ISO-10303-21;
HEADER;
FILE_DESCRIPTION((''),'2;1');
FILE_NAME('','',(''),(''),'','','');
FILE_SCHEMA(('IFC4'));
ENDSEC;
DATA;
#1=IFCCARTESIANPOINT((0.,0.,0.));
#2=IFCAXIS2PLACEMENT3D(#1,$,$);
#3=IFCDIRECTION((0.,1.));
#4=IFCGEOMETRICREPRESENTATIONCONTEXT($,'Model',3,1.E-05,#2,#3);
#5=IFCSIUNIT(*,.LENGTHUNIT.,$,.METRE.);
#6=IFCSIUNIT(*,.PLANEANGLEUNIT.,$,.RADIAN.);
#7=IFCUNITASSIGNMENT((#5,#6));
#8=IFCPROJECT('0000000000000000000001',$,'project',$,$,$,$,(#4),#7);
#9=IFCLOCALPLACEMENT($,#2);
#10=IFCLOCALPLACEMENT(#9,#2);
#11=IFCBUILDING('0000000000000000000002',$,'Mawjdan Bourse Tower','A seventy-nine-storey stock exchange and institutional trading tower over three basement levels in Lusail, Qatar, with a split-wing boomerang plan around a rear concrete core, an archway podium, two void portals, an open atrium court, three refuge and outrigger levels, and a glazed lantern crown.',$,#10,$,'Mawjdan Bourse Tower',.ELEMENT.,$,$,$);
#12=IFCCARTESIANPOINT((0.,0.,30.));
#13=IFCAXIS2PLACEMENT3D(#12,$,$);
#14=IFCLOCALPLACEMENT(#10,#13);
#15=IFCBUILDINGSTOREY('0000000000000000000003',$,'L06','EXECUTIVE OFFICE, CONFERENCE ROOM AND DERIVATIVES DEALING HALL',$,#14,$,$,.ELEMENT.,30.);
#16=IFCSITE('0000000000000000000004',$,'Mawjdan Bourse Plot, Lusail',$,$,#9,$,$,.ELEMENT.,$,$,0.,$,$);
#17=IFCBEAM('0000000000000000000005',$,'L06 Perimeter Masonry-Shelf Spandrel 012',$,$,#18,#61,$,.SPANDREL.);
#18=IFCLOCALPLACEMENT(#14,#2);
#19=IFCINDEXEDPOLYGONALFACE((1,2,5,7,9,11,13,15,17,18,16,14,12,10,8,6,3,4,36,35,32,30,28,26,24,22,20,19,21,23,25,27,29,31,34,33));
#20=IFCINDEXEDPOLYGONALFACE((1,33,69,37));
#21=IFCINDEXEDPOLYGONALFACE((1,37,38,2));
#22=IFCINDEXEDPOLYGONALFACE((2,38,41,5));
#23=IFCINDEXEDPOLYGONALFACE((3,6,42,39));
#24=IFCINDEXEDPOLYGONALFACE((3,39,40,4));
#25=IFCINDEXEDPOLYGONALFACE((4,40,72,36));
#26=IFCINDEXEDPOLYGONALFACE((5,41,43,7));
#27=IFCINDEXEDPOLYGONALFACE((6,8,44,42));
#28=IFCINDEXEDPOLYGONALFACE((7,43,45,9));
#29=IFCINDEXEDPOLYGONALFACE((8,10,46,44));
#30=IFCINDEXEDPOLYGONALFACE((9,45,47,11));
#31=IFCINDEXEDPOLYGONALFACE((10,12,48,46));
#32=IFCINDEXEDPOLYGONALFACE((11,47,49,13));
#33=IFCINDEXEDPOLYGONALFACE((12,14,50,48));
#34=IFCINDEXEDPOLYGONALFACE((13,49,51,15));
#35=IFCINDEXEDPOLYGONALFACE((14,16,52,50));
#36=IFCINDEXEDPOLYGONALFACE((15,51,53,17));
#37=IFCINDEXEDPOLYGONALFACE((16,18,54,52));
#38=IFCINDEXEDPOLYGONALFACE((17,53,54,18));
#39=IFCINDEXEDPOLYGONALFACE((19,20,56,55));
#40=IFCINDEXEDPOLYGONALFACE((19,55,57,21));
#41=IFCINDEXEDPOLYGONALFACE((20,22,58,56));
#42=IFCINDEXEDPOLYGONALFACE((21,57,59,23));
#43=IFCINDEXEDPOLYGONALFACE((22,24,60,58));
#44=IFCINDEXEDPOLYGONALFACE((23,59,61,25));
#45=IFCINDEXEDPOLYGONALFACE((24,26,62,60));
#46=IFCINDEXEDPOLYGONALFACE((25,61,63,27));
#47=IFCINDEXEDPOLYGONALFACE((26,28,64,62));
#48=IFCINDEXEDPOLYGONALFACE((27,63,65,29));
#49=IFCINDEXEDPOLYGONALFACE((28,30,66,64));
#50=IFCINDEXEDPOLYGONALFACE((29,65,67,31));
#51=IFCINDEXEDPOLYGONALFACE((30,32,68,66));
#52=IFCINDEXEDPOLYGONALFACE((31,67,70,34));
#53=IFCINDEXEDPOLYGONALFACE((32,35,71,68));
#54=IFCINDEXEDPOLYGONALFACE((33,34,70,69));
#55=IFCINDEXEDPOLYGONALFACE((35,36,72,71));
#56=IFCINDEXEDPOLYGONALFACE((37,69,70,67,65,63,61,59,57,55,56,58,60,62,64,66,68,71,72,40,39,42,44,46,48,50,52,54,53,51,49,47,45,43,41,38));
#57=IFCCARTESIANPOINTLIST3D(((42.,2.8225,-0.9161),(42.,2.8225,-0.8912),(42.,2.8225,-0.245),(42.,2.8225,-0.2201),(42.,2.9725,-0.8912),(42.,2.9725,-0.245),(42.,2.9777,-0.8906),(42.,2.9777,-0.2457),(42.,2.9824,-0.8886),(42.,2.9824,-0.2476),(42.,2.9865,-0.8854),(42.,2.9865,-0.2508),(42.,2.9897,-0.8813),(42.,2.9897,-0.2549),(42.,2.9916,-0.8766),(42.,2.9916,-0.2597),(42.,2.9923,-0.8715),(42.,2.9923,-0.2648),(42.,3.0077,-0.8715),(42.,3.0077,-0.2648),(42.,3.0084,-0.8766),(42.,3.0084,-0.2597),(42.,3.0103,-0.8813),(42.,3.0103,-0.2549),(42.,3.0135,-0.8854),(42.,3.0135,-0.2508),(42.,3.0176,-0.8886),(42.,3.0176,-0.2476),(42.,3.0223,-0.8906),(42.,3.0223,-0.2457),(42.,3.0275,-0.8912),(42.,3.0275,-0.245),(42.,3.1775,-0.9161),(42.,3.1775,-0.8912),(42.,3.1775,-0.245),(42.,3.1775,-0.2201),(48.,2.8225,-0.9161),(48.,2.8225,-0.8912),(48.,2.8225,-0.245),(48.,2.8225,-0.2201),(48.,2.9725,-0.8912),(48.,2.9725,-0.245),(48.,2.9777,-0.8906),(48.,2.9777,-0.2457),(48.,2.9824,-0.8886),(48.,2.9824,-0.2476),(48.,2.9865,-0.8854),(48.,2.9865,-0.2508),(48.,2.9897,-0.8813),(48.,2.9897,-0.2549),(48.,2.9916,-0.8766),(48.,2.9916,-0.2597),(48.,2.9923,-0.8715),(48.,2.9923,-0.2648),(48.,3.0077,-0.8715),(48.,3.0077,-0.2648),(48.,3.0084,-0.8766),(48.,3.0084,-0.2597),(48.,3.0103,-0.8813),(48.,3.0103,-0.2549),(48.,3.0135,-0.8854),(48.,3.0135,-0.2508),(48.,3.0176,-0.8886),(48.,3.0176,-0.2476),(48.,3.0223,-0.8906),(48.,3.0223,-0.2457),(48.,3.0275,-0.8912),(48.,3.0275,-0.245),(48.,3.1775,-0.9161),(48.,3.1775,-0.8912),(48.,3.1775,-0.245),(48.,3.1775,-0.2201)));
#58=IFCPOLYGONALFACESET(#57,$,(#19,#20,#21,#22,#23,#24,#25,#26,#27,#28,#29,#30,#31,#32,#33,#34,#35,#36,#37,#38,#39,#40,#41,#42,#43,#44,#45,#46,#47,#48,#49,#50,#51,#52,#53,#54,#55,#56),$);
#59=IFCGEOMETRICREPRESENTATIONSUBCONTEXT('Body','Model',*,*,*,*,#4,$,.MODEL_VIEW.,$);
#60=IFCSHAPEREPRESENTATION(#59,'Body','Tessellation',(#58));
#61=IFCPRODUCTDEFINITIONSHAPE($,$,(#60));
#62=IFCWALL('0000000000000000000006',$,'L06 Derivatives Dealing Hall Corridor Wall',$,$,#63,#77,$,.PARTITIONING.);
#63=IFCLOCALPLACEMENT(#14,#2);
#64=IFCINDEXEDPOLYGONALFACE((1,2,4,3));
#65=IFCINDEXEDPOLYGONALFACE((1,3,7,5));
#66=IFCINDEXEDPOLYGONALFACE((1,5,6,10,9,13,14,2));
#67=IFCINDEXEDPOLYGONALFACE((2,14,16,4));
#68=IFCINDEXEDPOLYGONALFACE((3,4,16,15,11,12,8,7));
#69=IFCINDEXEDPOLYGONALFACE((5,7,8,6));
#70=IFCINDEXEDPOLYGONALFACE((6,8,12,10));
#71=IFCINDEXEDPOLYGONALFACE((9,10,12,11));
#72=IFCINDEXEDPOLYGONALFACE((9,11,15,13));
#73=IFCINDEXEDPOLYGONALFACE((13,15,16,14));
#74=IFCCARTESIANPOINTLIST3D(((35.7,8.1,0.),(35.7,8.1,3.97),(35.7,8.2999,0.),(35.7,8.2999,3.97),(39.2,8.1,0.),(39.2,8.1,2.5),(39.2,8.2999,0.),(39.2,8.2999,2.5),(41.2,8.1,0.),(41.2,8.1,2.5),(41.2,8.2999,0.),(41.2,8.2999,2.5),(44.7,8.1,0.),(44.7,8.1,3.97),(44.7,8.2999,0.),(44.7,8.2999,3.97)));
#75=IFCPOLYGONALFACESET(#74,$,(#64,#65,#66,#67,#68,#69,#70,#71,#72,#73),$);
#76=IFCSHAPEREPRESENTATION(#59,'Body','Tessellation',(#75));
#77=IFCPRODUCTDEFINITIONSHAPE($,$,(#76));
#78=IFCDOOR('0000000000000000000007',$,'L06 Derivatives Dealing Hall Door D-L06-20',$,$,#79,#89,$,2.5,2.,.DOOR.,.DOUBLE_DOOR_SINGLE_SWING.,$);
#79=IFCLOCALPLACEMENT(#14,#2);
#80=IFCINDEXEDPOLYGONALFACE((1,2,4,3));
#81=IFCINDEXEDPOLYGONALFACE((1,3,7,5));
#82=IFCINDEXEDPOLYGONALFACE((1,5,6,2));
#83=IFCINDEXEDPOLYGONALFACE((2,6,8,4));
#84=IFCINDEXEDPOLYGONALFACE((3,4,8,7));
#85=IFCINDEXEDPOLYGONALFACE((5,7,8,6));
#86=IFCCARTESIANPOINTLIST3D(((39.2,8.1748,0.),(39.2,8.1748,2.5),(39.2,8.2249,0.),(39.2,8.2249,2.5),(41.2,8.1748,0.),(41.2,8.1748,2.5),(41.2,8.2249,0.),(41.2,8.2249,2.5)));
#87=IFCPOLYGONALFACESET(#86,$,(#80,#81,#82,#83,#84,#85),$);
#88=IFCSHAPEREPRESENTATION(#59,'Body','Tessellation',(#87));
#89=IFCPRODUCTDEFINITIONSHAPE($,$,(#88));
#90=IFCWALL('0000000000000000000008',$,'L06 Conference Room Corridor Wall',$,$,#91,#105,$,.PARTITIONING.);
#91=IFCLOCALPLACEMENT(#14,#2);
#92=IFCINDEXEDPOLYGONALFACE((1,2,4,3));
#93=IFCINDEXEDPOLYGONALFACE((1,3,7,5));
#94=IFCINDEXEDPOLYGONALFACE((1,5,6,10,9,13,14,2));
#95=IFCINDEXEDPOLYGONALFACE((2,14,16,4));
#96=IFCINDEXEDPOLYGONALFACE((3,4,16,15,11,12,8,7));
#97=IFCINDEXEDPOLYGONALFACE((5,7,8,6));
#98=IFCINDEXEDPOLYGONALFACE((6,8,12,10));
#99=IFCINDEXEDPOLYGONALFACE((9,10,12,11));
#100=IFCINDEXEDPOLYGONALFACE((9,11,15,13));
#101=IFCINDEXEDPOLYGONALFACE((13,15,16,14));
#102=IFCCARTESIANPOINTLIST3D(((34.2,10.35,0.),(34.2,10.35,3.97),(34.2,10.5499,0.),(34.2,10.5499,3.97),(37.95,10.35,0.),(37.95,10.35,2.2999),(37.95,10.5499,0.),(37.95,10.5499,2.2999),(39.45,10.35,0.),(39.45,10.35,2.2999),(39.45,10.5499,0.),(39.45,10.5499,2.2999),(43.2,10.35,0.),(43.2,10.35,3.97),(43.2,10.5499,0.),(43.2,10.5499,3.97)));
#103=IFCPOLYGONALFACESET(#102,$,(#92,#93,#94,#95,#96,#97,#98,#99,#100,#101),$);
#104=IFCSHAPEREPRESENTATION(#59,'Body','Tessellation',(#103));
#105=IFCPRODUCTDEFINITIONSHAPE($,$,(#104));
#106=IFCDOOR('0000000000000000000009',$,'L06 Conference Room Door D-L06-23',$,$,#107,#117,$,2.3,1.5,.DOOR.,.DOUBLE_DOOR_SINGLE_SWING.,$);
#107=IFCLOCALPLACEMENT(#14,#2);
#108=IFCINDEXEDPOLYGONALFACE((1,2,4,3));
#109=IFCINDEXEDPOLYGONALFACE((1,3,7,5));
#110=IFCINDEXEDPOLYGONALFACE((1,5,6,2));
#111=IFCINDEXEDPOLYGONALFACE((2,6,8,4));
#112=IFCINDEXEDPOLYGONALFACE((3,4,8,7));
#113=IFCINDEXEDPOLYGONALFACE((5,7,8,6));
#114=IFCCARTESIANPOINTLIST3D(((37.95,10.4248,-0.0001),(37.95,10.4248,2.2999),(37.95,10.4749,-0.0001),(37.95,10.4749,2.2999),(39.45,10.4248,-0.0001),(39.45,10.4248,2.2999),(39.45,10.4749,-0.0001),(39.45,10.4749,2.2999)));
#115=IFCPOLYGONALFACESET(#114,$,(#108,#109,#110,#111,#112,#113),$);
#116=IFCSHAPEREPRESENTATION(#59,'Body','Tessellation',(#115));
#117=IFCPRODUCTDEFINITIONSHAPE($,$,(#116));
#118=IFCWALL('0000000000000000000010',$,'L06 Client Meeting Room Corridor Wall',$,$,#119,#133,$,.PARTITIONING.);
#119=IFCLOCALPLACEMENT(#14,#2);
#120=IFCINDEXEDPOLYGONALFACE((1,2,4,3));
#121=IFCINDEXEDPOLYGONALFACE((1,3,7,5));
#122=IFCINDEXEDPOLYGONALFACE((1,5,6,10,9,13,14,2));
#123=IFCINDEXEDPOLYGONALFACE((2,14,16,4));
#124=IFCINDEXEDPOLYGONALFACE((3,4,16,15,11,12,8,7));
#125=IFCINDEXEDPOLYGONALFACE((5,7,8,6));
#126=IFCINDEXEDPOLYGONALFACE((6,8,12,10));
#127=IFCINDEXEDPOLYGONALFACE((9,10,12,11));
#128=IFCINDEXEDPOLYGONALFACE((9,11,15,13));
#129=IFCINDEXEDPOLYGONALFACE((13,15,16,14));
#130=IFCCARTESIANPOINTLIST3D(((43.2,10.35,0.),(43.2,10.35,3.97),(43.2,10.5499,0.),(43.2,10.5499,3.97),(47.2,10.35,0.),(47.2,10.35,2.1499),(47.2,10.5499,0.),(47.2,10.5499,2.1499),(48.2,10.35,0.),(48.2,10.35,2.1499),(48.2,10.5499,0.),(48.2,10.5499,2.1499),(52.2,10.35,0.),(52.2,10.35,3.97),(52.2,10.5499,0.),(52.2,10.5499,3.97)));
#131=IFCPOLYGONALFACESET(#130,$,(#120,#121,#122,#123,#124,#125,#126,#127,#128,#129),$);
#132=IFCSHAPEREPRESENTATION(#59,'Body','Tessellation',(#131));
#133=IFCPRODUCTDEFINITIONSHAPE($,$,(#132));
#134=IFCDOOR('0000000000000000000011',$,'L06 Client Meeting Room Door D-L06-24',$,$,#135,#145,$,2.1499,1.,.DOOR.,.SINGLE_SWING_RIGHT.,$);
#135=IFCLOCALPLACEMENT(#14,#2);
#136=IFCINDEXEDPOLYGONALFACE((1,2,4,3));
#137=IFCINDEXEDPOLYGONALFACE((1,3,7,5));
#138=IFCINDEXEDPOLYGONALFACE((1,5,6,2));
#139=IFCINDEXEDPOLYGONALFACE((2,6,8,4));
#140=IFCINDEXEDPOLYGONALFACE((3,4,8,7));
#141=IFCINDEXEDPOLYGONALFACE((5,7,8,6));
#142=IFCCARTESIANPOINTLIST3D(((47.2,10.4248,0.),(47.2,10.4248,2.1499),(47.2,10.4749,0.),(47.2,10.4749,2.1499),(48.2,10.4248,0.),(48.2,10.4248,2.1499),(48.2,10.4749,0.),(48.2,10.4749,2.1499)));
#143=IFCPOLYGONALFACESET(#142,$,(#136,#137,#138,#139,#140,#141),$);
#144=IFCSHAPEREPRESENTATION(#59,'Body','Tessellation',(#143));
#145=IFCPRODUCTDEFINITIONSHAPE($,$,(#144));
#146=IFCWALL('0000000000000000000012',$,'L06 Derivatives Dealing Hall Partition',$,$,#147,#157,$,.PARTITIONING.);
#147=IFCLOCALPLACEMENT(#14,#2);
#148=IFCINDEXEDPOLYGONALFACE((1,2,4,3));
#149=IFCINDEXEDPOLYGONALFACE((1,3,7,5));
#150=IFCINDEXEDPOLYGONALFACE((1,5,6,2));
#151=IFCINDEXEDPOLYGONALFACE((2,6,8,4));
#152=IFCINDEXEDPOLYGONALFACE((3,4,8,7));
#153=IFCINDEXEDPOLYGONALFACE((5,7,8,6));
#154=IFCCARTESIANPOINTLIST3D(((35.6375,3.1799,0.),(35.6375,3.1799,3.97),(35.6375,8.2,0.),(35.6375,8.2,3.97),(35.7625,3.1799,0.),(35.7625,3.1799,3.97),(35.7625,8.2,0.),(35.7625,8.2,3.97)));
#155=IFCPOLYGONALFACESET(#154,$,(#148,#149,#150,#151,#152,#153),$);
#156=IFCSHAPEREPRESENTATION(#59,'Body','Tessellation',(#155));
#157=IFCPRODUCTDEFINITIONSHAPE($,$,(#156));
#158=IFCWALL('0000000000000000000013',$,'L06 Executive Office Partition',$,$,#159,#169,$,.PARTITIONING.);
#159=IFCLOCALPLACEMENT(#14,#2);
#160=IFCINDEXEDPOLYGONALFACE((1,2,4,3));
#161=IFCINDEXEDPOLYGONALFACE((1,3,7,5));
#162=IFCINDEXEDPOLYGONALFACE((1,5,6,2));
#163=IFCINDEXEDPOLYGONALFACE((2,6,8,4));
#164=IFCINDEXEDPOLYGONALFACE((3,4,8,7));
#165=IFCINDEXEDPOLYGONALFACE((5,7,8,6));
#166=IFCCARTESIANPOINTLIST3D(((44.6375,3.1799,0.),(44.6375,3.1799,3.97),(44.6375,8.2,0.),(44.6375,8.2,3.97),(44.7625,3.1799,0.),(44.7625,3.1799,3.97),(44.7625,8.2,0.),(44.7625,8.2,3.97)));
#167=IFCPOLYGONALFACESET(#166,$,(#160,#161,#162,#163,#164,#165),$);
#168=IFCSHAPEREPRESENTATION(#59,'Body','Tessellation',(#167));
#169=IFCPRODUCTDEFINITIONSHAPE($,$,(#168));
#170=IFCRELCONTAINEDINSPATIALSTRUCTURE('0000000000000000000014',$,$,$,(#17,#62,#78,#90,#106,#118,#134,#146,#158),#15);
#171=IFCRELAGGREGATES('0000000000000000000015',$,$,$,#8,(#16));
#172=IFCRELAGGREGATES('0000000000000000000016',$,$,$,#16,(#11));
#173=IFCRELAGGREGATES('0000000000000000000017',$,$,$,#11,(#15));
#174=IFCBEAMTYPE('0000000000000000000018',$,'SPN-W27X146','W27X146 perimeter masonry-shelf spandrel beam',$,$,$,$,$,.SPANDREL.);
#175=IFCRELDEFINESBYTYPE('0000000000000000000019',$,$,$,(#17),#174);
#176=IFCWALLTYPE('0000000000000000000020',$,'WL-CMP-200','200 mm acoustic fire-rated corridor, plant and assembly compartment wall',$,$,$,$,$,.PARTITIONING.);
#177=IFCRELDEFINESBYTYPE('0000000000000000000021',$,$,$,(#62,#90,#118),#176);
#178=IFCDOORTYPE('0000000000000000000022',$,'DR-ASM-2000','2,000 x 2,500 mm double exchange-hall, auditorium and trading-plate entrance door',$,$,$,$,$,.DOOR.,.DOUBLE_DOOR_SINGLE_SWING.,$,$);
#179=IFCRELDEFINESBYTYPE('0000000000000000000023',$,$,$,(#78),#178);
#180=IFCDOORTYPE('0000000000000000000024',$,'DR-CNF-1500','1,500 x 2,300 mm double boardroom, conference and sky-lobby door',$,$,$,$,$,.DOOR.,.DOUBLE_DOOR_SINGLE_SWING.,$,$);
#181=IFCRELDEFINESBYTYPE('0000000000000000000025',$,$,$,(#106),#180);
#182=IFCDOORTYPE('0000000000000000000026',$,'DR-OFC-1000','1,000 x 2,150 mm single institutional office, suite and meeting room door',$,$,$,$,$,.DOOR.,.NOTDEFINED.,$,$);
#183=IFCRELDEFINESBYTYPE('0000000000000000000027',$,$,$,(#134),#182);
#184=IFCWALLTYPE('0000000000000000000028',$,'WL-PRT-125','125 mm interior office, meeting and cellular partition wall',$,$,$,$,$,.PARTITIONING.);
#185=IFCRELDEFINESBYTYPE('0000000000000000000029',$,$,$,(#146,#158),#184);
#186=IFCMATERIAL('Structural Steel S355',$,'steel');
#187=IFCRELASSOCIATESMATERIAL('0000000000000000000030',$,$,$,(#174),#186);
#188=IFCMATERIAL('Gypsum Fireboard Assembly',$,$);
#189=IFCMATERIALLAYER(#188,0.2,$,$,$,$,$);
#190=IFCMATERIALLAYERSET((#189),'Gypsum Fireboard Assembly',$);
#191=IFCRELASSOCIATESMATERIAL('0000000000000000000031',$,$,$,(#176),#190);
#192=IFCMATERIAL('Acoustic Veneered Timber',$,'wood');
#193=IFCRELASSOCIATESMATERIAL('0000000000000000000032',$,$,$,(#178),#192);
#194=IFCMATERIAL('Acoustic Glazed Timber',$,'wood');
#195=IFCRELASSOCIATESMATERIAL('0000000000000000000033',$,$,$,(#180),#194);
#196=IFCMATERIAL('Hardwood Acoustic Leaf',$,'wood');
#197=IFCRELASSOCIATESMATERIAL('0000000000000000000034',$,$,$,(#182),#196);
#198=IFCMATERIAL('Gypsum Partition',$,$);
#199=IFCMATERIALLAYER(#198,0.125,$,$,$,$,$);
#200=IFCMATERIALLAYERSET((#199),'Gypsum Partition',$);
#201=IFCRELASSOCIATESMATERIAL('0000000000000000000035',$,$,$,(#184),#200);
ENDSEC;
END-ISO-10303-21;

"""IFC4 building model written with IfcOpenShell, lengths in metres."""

from ifc_helpers import new_model, si_unit, direction, frame, frame_2d, origin, origin_2d, place, context, subcontext, project, spatial, rectangle, i_section, extrude, material, layer, layer_set, material_profile, profile_set, type_object, element, fill, save


model = new_model("IFC4")

# Units and contexts
model_context = context("Model", 3, precision=1e-05, world=origin(), true_north=direction((0.0, 1.0)))
body_context = subcontext(model_context, "Body", "Model", "MODEL_VIEW")
ifc_project = project(units=[si_unit("LENGTHUNIT", "METRE"), si_unit("PLANEANGLEUNIT", "RADIAN")], contexts=[model_context])

# Site, building, storey
site_placement = place(None, origin())
site = spatial("IfcSite", under=ifc_project, at=site_placement, Name="Mawjdan Bourse Plot, Lusail", CompositionType="ELEMENT", RefElevation=0.0)
building_placement = place(site_placement, origin())
building = spatial("IfcBuilding", under=site, at=building_placement, Name="Mawjdan Bourse Tower", Description="A seventy-nine-storey stock exchange and institutional trading tower over three basement levels in Lusail, Qatar, with a split-wing boomerang plan around a rear concrete core, an archway podium, two void portals, an open atrium court, three refuge and outrigger levels, and a glazed lantern crown.", LongName="Mawjdan Bourse Tower", CompositionType="ELEMENT")
storey_placement = place(building_placement, frame((0.0, 0.0, 30.0)))
storey = spatial("IfcBuildingStorey", under=building, at=storey_placement, Name="L06", Description="EXECUTIVE OFFICE, CONFERENCE ROOM AND DERIVATIVES DEALING HALL", CompositionType="ELEMENT", Elevation=30.0)

# Beam
ifc_material_1 = material(Name="Structural Steel S355", Category="steel")
ifc_material_profile_1 = material_profile(ifc_material_1, i_section(OverallWidth=0.355, OverallDepth=0.696, WebThickness=0.0154, FlangeThickness=0.0249, FilletRadius=0.0198, at=origin_2d()), Name="W27X146")
ifc_profile_set_1 = profile_set([ifc_material_profile_1], Name="Structural Steel S355")
beam_type_1 = type_object("IfcBeamType", Name="SPN-W27X146", Description="W27X146 perimeter masonry-shelf spandrel beam", PredefinedType="SPANDREL", material=ifc_profile_set_1)
beam_1_placement = place(storey_placement, frame((42.0, 3.0, -0.5681), z_axis=(1.0, 0.0, 0.0), x_axis=(0.0, 1.0, 0.0)))
element("IfcBeam", 1, at=beam_1_placement, inside=storey, type_object=beam_type_1, Name="L06 Perimeter Masonry-Shelf Spandrel 012", PredefinedType="SPANDREL", context=body_context, shape_type="SweptSolid", body=[
    extrude(i_section(OverallWidth=0.355, OverallDepth=0.696, WebThickness=0.0154, FlangeThickness=0.0249, FilletRadius=0.0198, at=origin_2d()), origin(), (0.0, 0.0, 1.0), 6.0),
])

# Walls, openings, doors
ifc_material_2 = material(Name="Gypsum Fireboard Assembly")
ifc_layer_1 = layer(ifc_material_2, 0.2)
ifc_layer_set_1 = layer_set([ifc_layer_1], Name="Gypsum Fireboard Assembly")
wall_type_1 = type_object("IfcWallType", Name="WL-CMP-200", Description="200 mm acoustic fire-rated corridor, plant and assembly compartment wall", PredefinedType="PARTITIONING", material=ifc_layer_set_1)
wall_1_placement = place(storey_placement, frame((35.7, 8.2, 0.0), z_axis=(0.0, 0.0, 1.0), x_axis=(1.0, 0.0, 0.0)))
wall_1 = element("IfcWall", 2, at=wall_1_placement, inside=storey, type_object=wall_type_1, Name="L06 Derivatives Dealing Hall Corridor Wall", PredefinedType="PARTITIONING", context=body_context, shape_type="SweptSolid", body=[
    extrude(rectangle(XDim=9.0, YDim=0.2, at=frame_2d((4.5, 0.0))), origin(), (0.0, 0.0, 1.0), 3.97),
])
opening_1_placement = place(wall_1_placement, frame((3.5, 0.0, 0.0)))
opening_1 = element("IfcOpeningElement", 3, at=opening_1_placement, cuts=wall_1, PredefinedType="OPENING", context=body_context, shape_type="SweptSolid", body=[
    extrude(rectangle(XDim=2.0, YDim=2.5, at=frame_2d((1.0, 1.25))), frame((0.0, 0.1099, 0.0), z_axis=(0.0, -1.0, 0.0), x_axis=(1.0, 0.0, 0.0)), (0.0, 0.0, 1.0), 0.22),
])
ifc_material_3 = material(Name="Acoustic Veneered Timber", Category="wood")
door_type_1 = type_object("IfcDoorType", Name="DR-ASM-2000", Description="2,000 x 2,500 mm double exchange-hall, auditorium and trading-plate entrance door", OperationType="DOUBLE_DOOR_SINGLE_SWING", PredefinedType="DOOR", material=ifc_material_3)
door_1_placement = place(opening_1_placement, origin())
door_1 = element("IfcDoor", 4, at=door_1_placement, inside=storey, type_object=door_type_1, Name="L06 Derivatives Dealing Hall Door D-L06-20", OperationType="DOUBLE_DOOR_SINGLE_SWING", OverallHeight=2.5, OverallWidth=2.0, PredefinedType="DOOR", context=body_context, shape_type="SweptSolid", body=[
    extrude(rectangle(XDim=2.0, YDim=2.5, at=frame_2d((1.0, 1.25))), frame((0.0, 0.0249, 0.0), z_axis=(0.0, -1.0, 0.0), x_axis=(1.0, 0.0, 0.0)), (0.0, 0.0, 1.0), 0.05),
])
fill(opening_1, door_1)
wall_2_placement = place(storey_placement, frame((34.2, 10.45, 0.0), z_axis=(0.0, 0.0, 1.0), x_axis=(1.0, 0.0, 0.0)))
wall_2 = element("IfcWall", 5, at=wall_2_placement, inside=storey, type_object=wall_type_1, Name="L06 Conference Room Corridor Wall", PredefinedType="PARTITIONING", context=body_context, shape_type="SweptSolid", body=[
    extrude(rectangle(XDim=9.0, YDim=0.2, at=frame_2d((4.5, 0.0))), origin(), (0.0, 0.0, 1.0), 3.97),
])
opening_2_placement = place(wall_2_placement, frame((3.75, 0.0, 0.0)))
opening_2 = element("IfcOpeningElement", 6, at=opening_2_placement, cuts=wall_2, PredefinedType="OPENING", context=body_context, shape_type="SweptSolid", body=[
    extrude(rectangle(XDim=1.5, YDim=2.3, at=frame_2d((0.75, 1.1499))), frame((0.0, 0.1099, 0.0), z_axis=(0.0, -1.0, 0.0), x_axis=(1.0, 0.0, 0.0)), (0.0, 0.0, 1.0), 0.22),
])
ifc_material_4 = material(Name="Acoustic Glazed Timber", Category="wood")
door_type_2 = type_object("IfcDoorType", Name="DR-CNF-1500", Description="1,500 x 2,300 mm double boardroom, conference and sky-lobby door", OperationType="DOUBLE_DOOR_SINGLE_SWING", PredefinedType="DOOR", material=ifc_material_4)
door_2_placement = place(opening_2_placement, origin())
door_2 = element("IfcDoor", 7, at=door_2_placement, inside=storey, type_object=door_type_2, Name="L06 Conference Room Door D-L06-23", OperationType="DOUBLE_DOOR_SINGLE_SWING", OverallHeight=2.3, OverallWidth=1.5, PredefinedType="DOOR", context=body_context, shape_type="SweptSolid", body=[
    extrude(rectangle(XDim=1.5, YDim=2.3, at=frame_2d((0.75, 1.1499))), frame((0.0, 0.0249, 0.0), z_axis=(0.0, -1.0, 0.0), x_axis=(1.0, 0.0, 0.0)), (0.0, 0.0, 1.0), 0.05),
])
fill(opening_2, door_2)
wall_3_placement = place(storey_placement, frame((43.2, 10.45, 0.0), z_axis=(0.0, 0.0, 1.0), x_axis=(1.0, 0.0, 0.0)))
wall_3 = element("IfcWall", 8, at=wall_3_placement, inside=storey, type_object=wall_type_1, Name="L06 Client Meeting Room Corridor Wall", PredefinedType="PARTITIONING", context=body_context, shape_type="SweptSolid", body=[
    extrude(rectangle(XDim=9.0, YDim=0.2, at=frame_2d((4.5, 0.0))), origin(), (0.0, 0.0, 1.0), 3.97),
])
opening_3_placement = place(wall_3_placement, frame((4.0, 0.0, 0.0)))
opening_3 = element("IfcOpeningElement", 9, at=opening_3_placement, cuts=wall_3, PredefinedType="OPENING", context=body_context, shape_type="SweptSolid", body=[
    extrude(rectangle(XDim=1.0, YDim=2.1499, at=frame_2d((0.5, 1.075))), frame((0.0, 0.1099, 0.0), z_axis=(0.0, -1.0, 0.0), x_axis=(1.0, 0.0, 0.0)), (0.0, 0.0, 1.0), 0.22),
])
ifc_material_5 = material(Name="Hardwood Acoustic Leaf", Category="wood")
door_type_3 = type_object("IfcDoorType", Name="DR-OFC-1000", Description="1,000 x 2,150 mm single institutional office, suite and meeting room door", OperationType="NOTDEFINED", PredefinedType="DOOR", material=ifc_material_5)
door_3_placement = place(opening_3_placement, origin())
door_3 = element("IfcDoor", 10, at=door_3_placement, inside=storey, type_object=door_type_3, Name="L06 Client Meeting Room Door D-L06-24", OperationType="SINGLE_SWING_RIGHT", OverallHeight=2.1499, OverallWidth=1.0, PredefinedType="DOOR", context=body_context, shape_type="SweptSolid", body=[
    extrude(rectangle(XDim=1.0, YDim=2.1499, at=frame_2d((0.5, 1.075))), frame((0.0, 0.0249, 0.0), z_axis=(0.0, -1.0, 0.0), x_axis=(1.0, 0.0, 0.0)), (0.0, 0.0, 1.0), 0.05),
])
fill(opening_3, door_3)

# Walls
ifc_material_6 = material(Name="Gypsum Partition")
ifc_layer_2 = layer(ifc_material_6, 0.125)
ifc_layer_set_2 = layer_set([ifc_layer_2], Name="Gypsum Partition")
wall_type_2 = type_object("IfcWallType", Name="WL-PRT-125", Description="125 mm interior office, meeting and cellular partition wall", PredefinedType="PARTITIONING", material=ifc_layer_set_2)
for number, where, z_axis, x_axis, name in (
    (11, (35.7, 3.1799, 0.0), (0.0, 0.0, 1.0), (0.0, 1.0, 0.0), "L06 Derivatives Dealing Hall Partition"),
    (12, (44.7, 3.1799, 0.0), (0.0, 0.0, 1.0), (0.0, 1.0, 0.0), "L06 Executive Office Partition"),
):
    element("IfcWall", number, at=place(storey_placement, frame(where, z_axis=z_axis, x_axis=x_axis)), inside=storey, type_object=wall_type_2, Name=name, PredefinedType="PARTITIONING", context=body_context, shape_type="SweptSolid", body=[
        extrude(rectangle(XDim=5.02, YDim=0.125, at=frame_2d((2.51, 0.0))), origin(), (0.0, 0.0, 1.0), 3.97),
    ])

save(model, "model.ifc")
